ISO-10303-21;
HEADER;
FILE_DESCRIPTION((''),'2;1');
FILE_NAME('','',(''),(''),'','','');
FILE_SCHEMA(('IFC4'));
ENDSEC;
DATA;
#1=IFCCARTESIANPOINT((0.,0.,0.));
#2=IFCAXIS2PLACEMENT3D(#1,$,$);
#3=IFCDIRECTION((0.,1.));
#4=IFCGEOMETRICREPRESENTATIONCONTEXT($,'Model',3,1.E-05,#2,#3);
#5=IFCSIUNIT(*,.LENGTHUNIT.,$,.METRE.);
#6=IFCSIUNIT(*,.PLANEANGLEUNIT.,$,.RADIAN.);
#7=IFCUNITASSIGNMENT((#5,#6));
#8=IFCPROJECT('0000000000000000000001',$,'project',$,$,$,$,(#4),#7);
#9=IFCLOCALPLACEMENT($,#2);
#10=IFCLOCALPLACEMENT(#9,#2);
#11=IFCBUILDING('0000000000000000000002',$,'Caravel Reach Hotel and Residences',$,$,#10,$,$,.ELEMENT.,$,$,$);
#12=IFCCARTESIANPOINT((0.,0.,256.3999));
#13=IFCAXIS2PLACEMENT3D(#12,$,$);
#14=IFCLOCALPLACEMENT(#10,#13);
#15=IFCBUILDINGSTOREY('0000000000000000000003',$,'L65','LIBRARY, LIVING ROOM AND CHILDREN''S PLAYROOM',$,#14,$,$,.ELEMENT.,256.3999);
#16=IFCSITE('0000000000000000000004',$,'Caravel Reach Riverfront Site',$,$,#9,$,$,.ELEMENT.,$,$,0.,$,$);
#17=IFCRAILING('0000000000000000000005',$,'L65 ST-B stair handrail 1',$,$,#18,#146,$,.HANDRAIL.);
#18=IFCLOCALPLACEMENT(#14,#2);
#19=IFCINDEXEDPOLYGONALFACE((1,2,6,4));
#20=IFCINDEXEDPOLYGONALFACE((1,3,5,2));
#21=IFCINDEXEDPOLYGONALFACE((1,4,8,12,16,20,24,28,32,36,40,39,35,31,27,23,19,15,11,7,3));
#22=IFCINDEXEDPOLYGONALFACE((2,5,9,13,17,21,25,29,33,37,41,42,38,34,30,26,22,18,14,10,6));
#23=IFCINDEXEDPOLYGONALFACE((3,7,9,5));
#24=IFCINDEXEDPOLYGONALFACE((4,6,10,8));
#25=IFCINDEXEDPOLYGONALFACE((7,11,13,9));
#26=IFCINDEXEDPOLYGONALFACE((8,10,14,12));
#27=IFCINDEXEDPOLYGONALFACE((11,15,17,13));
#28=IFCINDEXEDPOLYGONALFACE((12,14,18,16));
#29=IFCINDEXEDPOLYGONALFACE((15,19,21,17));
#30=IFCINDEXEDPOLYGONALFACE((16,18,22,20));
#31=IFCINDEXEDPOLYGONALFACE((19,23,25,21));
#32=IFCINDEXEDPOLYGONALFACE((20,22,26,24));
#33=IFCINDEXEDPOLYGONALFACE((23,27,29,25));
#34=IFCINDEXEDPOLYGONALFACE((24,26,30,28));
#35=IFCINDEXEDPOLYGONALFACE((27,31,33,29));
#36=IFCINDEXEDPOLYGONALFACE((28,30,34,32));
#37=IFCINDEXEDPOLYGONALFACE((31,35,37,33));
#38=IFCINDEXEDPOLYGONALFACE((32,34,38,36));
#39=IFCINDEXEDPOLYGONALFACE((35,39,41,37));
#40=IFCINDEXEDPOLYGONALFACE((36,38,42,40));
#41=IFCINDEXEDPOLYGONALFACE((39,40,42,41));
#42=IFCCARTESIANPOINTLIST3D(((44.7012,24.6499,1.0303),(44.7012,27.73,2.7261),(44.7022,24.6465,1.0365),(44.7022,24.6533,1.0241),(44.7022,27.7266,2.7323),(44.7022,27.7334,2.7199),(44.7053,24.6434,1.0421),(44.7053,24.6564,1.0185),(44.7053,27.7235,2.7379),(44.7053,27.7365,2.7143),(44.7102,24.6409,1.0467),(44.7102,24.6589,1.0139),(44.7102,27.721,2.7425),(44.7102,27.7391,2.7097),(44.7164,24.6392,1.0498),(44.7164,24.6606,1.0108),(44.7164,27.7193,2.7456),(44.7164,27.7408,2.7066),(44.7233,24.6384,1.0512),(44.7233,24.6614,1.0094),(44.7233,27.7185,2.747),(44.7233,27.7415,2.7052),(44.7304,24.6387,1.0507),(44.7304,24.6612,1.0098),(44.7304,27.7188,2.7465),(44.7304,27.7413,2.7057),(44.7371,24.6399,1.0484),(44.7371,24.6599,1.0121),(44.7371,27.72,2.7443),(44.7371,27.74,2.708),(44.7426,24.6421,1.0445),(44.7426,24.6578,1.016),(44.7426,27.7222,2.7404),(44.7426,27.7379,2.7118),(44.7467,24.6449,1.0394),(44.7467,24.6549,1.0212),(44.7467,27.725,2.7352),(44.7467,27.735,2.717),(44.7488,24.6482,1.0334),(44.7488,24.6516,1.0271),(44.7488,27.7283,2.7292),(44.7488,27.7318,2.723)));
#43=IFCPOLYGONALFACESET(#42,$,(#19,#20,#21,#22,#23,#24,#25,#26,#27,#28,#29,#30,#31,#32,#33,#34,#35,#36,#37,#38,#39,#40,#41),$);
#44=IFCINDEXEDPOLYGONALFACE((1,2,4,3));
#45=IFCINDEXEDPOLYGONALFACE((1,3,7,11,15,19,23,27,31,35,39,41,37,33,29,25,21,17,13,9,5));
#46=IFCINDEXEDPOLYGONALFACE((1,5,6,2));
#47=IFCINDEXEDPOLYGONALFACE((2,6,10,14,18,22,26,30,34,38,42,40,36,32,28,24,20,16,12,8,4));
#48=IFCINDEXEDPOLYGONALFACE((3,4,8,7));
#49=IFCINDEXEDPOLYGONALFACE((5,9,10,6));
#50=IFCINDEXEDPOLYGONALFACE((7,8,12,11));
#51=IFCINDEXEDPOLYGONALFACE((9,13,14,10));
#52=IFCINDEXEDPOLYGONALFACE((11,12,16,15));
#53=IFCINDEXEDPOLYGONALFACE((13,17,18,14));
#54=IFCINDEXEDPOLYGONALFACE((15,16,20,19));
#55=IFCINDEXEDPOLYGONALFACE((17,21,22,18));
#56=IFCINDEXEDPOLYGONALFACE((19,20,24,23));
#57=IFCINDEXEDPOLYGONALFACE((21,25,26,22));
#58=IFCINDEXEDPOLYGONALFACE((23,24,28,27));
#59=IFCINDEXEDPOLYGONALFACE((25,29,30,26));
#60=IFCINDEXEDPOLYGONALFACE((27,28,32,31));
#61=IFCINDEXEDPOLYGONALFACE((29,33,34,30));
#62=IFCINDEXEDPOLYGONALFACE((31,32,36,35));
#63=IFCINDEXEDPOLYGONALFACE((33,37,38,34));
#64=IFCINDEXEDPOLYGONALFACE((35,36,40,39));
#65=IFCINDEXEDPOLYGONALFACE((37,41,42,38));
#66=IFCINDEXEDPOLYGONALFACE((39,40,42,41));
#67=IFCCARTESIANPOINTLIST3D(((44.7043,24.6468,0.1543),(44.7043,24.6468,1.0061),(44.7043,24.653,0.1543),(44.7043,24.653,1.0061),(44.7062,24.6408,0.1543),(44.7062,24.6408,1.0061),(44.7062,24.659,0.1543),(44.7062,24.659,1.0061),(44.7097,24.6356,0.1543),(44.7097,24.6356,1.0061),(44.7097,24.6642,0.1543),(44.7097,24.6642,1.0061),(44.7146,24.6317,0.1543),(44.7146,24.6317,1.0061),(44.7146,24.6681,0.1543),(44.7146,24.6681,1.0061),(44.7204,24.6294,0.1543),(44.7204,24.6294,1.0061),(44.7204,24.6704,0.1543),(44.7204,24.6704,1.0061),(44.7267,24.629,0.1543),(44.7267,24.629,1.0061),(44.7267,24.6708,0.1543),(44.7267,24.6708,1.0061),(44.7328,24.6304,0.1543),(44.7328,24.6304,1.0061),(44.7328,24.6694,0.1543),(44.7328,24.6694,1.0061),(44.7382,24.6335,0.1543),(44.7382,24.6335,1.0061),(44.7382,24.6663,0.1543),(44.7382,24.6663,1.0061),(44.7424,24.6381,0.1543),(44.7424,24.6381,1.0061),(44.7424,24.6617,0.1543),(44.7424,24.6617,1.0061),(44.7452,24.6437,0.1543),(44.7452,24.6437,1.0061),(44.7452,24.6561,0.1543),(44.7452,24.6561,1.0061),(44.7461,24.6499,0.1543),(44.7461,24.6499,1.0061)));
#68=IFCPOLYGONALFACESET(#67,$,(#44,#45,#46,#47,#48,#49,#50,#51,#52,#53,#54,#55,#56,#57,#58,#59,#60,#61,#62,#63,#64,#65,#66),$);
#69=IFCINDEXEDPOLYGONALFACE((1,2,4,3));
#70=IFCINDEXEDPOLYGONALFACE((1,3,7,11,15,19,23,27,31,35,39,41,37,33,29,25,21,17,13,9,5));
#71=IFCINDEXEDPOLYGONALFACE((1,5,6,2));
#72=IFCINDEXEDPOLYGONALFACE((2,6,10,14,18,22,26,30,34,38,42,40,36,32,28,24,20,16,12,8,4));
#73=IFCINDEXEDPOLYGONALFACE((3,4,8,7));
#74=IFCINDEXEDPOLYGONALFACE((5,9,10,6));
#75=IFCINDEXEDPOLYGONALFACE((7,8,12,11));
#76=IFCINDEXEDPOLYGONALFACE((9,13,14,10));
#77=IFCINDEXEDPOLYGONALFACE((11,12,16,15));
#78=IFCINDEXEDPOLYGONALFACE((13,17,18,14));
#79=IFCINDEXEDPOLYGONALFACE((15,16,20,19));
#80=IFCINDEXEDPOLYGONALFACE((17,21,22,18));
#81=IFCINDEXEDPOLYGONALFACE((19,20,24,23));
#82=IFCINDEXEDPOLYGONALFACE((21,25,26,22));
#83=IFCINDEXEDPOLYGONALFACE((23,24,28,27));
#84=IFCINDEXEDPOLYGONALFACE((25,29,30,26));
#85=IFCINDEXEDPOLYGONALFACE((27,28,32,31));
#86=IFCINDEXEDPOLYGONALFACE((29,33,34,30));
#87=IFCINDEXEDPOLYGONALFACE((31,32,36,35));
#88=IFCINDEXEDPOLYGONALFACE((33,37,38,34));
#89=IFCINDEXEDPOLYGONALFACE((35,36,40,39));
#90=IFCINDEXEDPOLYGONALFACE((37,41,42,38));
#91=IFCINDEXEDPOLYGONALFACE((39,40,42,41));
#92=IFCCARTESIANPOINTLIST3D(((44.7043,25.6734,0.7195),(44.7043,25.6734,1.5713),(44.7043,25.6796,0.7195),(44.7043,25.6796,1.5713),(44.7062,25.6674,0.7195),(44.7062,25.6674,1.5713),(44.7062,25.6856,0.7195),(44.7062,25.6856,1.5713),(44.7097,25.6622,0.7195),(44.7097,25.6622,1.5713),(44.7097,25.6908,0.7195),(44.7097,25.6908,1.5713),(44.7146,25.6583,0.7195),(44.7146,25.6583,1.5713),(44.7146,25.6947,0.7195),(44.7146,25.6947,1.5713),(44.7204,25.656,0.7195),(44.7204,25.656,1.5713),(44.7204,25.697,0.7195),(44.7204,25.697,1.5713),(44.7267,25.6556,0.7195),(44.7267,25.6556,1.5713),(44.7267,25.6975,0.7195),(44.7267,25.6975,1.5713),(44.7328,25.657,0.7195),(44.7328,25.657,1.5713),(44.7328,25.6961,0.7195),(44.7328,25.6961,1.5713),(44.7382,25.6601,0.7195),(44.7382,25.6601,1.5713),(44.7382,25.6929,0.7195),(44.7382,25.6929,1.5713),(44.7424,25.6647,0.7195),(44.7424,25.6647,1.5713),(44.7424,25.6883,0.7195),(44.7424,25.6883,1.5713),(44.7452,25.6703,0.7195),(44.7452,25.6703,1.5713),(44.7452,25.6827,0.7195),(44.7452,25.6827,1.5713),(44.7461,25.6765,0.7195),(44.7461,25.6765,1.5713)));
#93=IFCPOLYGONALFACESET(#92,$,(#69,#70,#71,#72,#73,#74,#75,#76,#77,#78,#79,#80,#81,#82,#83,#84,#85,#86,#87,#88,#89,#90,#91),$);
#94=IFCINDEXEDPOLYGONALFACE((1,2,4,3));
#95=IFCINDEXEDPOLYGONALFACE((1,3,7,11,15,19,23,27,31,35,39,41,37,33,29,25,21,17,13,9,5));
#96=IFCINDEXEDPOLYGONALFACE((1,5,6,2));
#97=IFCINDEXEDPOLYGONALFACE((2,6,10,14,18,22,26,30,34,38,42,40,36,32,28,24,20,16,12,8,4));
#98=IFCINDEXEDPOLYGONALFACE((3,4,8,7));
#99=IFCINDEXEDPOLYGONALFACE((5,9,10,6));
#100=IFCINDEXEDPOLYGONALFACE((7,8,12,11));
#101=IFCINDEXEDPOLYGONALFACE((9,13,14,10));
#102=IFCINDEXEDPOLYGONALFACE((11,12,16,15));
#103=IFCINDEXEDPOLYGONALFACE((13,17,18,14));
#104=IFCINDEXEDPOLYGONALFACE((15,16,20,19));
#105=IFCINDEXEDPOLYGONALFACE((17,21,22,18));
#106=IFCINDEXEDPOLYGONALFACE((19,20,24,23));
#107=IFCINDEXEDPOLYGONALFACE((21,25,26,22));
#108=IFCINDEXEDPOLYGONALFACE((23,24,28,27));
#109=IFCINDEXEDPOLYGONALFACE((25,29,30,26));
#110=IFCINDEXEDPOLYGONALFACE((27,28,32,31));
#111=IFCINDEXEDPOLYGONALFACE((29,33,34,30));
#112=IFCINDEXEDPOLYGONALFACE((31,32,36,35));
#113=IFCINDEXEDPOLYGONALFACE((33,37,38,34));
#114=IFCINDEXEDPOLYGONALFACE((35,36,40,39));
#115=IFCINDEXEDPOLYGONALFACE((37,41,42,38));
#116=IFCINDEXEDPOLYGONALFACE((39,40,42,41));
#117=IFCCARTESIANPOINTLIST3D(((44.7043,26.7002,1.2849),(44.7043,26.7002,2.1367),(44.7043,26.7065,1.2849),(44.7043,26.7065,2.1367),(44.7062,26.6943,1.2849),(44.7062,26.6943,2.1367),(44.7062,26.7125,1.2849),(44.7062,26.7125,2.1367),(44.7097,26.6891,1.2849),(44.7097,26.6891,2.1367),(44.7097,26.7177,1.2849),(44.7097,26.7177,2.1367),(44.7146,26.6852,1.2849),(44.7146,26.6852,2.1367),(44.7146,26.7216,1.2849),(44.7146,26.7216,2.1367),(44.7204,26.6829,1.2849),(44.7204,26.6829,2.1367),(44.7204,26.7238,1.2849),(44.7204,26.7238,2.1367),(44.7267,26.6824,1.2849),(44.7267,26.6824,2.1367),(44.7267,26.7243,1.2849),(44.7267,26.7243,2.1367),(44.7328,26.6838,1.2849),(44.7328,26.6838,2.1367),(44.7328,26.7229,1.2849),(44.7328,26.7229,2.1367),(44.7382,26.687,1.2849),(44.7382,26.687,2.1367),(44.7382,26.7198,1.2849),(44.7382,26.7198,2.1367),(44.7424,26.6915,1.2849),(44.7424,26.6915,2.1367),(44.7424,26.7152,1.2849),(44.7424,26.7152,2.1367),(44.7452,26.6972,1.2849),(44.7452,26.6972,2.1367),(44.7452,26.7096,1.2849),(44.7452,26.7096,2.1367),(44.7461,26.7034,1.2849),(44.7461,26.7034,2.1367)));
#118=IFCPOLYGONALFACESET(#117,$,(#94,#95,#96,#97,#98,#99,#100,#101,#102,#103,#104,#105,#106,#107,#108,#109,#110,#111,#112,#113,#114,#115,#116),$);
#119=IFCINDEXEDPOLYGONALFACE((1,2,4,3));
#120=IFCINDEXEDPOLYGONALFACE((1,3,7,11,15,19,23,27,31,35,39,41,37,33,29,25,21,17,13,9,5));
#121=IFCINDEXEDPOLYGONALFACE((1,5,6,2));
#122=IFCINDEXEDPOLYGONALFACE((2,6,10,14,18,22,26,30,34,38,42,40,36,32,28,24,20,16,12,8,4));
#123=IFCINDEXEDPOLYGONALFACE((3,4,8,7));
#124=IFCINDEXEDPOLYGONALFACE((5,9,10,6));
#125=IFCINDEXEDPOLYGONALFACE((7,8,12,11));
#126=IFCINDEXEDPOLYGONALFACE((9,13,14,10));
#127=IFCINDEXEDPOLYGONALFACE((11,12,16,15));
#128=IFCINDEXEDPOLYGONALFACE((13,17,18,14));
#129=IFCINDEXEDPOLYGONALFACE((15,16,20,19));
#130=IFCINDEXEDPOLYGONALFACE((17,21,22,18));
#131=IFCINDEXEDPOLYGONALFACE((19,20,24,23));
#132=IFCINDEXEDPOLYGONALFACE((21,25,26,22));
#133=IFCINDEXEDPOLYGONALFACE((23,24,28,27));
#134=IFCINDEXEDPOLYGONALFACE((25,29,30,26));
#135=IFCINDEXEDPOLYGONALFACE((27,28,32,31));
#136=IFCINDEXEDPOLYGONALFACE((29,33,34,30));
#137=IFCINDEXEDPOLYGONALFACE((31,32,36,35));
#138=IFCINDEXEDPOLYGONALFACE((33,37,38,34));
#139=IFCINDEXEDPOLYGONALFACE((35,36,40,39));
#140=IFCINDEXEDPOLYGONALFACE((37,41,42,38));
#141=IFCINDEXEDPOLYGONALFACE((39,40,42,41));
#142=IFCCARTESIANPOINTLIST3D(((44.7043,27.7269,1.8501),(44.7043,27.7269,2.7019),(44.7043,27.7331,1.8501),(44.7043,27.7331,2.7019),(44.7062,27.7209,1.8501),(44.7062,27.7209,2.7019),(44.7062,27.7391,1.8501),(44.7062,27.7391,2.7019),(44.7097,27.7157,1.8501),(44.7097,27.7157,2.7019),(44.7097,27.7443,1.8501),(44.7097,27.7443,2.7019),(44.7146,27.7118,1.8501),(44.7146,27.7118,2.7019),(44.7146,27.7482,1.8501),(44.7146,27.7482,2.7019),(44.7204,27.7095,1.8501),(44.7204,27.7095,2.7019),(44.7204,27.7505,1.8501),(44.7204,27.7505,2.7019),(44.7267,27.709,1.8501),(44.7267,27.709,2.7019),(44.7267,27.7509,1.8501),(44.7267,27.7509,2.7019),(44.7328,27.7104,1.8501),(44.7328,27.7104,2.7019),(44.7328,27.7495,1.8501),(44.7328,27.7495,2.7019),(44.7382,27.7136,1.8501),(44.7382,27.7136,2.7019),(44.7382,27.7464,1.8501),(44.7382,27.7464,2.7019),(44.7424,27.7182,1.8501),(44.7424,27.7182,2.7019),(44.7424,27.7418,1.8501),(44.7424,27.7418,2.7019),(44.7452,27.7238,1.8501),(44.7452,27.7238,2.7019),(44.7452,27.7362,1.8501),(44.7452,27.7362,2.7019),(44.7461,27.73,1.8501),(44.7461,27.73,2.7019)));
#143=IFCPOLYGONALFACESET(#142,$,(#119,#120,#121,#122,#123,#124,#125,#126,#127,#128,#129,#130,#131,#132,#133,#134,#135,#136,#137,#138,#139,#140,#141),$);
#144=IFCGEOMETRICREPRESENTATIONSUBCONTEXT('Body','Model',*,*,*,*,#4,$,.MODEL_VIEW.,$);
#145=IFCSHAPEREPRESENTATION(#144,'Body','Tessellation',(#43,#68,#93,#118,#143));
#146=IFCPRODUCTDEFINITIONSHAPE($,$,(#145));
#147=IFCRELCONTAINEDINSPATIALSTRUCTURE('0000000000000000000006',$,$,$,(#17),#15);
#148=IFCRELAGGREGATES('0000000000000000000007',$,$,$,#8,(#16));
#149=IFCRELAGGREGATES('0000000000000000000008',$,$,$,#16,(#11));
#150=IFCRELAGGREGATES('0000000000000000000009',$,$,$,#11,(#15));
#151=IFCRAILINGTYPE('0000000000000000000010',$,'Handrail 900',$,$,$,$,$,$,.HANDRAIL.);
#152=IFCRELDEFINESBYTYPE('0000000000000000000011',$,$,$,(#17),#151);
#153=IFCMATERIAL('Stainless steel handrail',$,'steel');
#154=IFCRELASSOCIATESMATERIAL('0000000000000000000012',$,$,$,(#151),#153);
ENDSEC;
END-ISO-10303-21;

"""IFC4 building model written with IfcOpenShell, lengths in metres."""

from ifc_helpers import new_model, si_unit, direction, frame, origin, origin_2d, place, context, subcontext, project, spatial, circle, extrude, material, type_object, element, save


model = new_model("IFC4")

# Units and contexts
model_context = context("Model", 3, precision=1e-05, world=origin(), true_north=direction((0.0, 1.0)))
body_context = subcontext(model_context, "Body", "Model", "MODEL_VIEW")
ifc_project = project(units=[si_unit("LENGTHUNIT", "METRE"), si_unit("PLANEANGLEUNIT", "RADIAN")], contexts=[model_context])

# Site, building, storey
site_placement = place(None, origin())
site = spatial("IfcSite", under=ifc_project, at=site_placement, Name="Caravel Reach Riverfront Site", CompositionType="ELEMENT", RefElevation=0.0)
building_placement = place(site_placement, origin())
building = spatial("IfcBuilding", under=site, at=building_placement, Name="Caravel Reach Hotel and Residences", CompositionType="ELEMENT")
storey_placement = place(building_placement, frame((0.0, 0.0, 256.3999)))
storey = spatial("IfcBuildingStorey", under=building, at=storey_placement, Name="L65", Description="LIBRARY, LIVING ROOM AND CHILDREN'S PLAYROOM", CompositionType="ELEMENT", Elevation=256.3999)

# Railing
ifc_material_1 = material(Name="Stainless steel handrail", Category="steel")
railing_type_1 = type_object("IfcRailingType", Name="Handrail 900", PredefinedType="HANDRAIL", material=ifc_material_1)
railing_1_placement = place(storey_placement, frame((44.7251, 24.6499, 0.1543)))
element("IfcRailing", 1, at=railing_1_placement, inside=storey, type_object=railing_type_1, Name="L65 ST-B stair handrail 1", PredefinedType="HANDRAIL", context=body_context, shape_type="SweptSolid", body=[
    extrude(circle(Radius=0.0239, at=origin_2d()), frame((0.0, 0.0, 0.876), z_axis=(0.0, 0.876005, 0.482303), x_axis=(-1.0, 0.0, 0.0)), (0.0, 0.0, 1.0), 3.5161),
    extrude(circle(Radius=0.021, at=origin_2d()), origin(), (0.0, 0.0, 1.0), 0.8518),
    extrude(circle(Radius=0.021, at=origin_2d()), frame((0.0, 1.0266, 0.5652)), (0.0, 0.0, 1.0), 0.8518),
    extrude(circle(Radius=0.021, at=origin_2d()), frame((0.0, 2.0535, 1.1306)), (0.0, 0.0, 1.0), 0.8518),
    extrude(circle(Radius=0.021, at=origin_2d()), frame((0.0, 3.0801, 1.6958)), (0.0, 0.0, 1.0), 0.8518),
])

save(model, "model.ifc")
